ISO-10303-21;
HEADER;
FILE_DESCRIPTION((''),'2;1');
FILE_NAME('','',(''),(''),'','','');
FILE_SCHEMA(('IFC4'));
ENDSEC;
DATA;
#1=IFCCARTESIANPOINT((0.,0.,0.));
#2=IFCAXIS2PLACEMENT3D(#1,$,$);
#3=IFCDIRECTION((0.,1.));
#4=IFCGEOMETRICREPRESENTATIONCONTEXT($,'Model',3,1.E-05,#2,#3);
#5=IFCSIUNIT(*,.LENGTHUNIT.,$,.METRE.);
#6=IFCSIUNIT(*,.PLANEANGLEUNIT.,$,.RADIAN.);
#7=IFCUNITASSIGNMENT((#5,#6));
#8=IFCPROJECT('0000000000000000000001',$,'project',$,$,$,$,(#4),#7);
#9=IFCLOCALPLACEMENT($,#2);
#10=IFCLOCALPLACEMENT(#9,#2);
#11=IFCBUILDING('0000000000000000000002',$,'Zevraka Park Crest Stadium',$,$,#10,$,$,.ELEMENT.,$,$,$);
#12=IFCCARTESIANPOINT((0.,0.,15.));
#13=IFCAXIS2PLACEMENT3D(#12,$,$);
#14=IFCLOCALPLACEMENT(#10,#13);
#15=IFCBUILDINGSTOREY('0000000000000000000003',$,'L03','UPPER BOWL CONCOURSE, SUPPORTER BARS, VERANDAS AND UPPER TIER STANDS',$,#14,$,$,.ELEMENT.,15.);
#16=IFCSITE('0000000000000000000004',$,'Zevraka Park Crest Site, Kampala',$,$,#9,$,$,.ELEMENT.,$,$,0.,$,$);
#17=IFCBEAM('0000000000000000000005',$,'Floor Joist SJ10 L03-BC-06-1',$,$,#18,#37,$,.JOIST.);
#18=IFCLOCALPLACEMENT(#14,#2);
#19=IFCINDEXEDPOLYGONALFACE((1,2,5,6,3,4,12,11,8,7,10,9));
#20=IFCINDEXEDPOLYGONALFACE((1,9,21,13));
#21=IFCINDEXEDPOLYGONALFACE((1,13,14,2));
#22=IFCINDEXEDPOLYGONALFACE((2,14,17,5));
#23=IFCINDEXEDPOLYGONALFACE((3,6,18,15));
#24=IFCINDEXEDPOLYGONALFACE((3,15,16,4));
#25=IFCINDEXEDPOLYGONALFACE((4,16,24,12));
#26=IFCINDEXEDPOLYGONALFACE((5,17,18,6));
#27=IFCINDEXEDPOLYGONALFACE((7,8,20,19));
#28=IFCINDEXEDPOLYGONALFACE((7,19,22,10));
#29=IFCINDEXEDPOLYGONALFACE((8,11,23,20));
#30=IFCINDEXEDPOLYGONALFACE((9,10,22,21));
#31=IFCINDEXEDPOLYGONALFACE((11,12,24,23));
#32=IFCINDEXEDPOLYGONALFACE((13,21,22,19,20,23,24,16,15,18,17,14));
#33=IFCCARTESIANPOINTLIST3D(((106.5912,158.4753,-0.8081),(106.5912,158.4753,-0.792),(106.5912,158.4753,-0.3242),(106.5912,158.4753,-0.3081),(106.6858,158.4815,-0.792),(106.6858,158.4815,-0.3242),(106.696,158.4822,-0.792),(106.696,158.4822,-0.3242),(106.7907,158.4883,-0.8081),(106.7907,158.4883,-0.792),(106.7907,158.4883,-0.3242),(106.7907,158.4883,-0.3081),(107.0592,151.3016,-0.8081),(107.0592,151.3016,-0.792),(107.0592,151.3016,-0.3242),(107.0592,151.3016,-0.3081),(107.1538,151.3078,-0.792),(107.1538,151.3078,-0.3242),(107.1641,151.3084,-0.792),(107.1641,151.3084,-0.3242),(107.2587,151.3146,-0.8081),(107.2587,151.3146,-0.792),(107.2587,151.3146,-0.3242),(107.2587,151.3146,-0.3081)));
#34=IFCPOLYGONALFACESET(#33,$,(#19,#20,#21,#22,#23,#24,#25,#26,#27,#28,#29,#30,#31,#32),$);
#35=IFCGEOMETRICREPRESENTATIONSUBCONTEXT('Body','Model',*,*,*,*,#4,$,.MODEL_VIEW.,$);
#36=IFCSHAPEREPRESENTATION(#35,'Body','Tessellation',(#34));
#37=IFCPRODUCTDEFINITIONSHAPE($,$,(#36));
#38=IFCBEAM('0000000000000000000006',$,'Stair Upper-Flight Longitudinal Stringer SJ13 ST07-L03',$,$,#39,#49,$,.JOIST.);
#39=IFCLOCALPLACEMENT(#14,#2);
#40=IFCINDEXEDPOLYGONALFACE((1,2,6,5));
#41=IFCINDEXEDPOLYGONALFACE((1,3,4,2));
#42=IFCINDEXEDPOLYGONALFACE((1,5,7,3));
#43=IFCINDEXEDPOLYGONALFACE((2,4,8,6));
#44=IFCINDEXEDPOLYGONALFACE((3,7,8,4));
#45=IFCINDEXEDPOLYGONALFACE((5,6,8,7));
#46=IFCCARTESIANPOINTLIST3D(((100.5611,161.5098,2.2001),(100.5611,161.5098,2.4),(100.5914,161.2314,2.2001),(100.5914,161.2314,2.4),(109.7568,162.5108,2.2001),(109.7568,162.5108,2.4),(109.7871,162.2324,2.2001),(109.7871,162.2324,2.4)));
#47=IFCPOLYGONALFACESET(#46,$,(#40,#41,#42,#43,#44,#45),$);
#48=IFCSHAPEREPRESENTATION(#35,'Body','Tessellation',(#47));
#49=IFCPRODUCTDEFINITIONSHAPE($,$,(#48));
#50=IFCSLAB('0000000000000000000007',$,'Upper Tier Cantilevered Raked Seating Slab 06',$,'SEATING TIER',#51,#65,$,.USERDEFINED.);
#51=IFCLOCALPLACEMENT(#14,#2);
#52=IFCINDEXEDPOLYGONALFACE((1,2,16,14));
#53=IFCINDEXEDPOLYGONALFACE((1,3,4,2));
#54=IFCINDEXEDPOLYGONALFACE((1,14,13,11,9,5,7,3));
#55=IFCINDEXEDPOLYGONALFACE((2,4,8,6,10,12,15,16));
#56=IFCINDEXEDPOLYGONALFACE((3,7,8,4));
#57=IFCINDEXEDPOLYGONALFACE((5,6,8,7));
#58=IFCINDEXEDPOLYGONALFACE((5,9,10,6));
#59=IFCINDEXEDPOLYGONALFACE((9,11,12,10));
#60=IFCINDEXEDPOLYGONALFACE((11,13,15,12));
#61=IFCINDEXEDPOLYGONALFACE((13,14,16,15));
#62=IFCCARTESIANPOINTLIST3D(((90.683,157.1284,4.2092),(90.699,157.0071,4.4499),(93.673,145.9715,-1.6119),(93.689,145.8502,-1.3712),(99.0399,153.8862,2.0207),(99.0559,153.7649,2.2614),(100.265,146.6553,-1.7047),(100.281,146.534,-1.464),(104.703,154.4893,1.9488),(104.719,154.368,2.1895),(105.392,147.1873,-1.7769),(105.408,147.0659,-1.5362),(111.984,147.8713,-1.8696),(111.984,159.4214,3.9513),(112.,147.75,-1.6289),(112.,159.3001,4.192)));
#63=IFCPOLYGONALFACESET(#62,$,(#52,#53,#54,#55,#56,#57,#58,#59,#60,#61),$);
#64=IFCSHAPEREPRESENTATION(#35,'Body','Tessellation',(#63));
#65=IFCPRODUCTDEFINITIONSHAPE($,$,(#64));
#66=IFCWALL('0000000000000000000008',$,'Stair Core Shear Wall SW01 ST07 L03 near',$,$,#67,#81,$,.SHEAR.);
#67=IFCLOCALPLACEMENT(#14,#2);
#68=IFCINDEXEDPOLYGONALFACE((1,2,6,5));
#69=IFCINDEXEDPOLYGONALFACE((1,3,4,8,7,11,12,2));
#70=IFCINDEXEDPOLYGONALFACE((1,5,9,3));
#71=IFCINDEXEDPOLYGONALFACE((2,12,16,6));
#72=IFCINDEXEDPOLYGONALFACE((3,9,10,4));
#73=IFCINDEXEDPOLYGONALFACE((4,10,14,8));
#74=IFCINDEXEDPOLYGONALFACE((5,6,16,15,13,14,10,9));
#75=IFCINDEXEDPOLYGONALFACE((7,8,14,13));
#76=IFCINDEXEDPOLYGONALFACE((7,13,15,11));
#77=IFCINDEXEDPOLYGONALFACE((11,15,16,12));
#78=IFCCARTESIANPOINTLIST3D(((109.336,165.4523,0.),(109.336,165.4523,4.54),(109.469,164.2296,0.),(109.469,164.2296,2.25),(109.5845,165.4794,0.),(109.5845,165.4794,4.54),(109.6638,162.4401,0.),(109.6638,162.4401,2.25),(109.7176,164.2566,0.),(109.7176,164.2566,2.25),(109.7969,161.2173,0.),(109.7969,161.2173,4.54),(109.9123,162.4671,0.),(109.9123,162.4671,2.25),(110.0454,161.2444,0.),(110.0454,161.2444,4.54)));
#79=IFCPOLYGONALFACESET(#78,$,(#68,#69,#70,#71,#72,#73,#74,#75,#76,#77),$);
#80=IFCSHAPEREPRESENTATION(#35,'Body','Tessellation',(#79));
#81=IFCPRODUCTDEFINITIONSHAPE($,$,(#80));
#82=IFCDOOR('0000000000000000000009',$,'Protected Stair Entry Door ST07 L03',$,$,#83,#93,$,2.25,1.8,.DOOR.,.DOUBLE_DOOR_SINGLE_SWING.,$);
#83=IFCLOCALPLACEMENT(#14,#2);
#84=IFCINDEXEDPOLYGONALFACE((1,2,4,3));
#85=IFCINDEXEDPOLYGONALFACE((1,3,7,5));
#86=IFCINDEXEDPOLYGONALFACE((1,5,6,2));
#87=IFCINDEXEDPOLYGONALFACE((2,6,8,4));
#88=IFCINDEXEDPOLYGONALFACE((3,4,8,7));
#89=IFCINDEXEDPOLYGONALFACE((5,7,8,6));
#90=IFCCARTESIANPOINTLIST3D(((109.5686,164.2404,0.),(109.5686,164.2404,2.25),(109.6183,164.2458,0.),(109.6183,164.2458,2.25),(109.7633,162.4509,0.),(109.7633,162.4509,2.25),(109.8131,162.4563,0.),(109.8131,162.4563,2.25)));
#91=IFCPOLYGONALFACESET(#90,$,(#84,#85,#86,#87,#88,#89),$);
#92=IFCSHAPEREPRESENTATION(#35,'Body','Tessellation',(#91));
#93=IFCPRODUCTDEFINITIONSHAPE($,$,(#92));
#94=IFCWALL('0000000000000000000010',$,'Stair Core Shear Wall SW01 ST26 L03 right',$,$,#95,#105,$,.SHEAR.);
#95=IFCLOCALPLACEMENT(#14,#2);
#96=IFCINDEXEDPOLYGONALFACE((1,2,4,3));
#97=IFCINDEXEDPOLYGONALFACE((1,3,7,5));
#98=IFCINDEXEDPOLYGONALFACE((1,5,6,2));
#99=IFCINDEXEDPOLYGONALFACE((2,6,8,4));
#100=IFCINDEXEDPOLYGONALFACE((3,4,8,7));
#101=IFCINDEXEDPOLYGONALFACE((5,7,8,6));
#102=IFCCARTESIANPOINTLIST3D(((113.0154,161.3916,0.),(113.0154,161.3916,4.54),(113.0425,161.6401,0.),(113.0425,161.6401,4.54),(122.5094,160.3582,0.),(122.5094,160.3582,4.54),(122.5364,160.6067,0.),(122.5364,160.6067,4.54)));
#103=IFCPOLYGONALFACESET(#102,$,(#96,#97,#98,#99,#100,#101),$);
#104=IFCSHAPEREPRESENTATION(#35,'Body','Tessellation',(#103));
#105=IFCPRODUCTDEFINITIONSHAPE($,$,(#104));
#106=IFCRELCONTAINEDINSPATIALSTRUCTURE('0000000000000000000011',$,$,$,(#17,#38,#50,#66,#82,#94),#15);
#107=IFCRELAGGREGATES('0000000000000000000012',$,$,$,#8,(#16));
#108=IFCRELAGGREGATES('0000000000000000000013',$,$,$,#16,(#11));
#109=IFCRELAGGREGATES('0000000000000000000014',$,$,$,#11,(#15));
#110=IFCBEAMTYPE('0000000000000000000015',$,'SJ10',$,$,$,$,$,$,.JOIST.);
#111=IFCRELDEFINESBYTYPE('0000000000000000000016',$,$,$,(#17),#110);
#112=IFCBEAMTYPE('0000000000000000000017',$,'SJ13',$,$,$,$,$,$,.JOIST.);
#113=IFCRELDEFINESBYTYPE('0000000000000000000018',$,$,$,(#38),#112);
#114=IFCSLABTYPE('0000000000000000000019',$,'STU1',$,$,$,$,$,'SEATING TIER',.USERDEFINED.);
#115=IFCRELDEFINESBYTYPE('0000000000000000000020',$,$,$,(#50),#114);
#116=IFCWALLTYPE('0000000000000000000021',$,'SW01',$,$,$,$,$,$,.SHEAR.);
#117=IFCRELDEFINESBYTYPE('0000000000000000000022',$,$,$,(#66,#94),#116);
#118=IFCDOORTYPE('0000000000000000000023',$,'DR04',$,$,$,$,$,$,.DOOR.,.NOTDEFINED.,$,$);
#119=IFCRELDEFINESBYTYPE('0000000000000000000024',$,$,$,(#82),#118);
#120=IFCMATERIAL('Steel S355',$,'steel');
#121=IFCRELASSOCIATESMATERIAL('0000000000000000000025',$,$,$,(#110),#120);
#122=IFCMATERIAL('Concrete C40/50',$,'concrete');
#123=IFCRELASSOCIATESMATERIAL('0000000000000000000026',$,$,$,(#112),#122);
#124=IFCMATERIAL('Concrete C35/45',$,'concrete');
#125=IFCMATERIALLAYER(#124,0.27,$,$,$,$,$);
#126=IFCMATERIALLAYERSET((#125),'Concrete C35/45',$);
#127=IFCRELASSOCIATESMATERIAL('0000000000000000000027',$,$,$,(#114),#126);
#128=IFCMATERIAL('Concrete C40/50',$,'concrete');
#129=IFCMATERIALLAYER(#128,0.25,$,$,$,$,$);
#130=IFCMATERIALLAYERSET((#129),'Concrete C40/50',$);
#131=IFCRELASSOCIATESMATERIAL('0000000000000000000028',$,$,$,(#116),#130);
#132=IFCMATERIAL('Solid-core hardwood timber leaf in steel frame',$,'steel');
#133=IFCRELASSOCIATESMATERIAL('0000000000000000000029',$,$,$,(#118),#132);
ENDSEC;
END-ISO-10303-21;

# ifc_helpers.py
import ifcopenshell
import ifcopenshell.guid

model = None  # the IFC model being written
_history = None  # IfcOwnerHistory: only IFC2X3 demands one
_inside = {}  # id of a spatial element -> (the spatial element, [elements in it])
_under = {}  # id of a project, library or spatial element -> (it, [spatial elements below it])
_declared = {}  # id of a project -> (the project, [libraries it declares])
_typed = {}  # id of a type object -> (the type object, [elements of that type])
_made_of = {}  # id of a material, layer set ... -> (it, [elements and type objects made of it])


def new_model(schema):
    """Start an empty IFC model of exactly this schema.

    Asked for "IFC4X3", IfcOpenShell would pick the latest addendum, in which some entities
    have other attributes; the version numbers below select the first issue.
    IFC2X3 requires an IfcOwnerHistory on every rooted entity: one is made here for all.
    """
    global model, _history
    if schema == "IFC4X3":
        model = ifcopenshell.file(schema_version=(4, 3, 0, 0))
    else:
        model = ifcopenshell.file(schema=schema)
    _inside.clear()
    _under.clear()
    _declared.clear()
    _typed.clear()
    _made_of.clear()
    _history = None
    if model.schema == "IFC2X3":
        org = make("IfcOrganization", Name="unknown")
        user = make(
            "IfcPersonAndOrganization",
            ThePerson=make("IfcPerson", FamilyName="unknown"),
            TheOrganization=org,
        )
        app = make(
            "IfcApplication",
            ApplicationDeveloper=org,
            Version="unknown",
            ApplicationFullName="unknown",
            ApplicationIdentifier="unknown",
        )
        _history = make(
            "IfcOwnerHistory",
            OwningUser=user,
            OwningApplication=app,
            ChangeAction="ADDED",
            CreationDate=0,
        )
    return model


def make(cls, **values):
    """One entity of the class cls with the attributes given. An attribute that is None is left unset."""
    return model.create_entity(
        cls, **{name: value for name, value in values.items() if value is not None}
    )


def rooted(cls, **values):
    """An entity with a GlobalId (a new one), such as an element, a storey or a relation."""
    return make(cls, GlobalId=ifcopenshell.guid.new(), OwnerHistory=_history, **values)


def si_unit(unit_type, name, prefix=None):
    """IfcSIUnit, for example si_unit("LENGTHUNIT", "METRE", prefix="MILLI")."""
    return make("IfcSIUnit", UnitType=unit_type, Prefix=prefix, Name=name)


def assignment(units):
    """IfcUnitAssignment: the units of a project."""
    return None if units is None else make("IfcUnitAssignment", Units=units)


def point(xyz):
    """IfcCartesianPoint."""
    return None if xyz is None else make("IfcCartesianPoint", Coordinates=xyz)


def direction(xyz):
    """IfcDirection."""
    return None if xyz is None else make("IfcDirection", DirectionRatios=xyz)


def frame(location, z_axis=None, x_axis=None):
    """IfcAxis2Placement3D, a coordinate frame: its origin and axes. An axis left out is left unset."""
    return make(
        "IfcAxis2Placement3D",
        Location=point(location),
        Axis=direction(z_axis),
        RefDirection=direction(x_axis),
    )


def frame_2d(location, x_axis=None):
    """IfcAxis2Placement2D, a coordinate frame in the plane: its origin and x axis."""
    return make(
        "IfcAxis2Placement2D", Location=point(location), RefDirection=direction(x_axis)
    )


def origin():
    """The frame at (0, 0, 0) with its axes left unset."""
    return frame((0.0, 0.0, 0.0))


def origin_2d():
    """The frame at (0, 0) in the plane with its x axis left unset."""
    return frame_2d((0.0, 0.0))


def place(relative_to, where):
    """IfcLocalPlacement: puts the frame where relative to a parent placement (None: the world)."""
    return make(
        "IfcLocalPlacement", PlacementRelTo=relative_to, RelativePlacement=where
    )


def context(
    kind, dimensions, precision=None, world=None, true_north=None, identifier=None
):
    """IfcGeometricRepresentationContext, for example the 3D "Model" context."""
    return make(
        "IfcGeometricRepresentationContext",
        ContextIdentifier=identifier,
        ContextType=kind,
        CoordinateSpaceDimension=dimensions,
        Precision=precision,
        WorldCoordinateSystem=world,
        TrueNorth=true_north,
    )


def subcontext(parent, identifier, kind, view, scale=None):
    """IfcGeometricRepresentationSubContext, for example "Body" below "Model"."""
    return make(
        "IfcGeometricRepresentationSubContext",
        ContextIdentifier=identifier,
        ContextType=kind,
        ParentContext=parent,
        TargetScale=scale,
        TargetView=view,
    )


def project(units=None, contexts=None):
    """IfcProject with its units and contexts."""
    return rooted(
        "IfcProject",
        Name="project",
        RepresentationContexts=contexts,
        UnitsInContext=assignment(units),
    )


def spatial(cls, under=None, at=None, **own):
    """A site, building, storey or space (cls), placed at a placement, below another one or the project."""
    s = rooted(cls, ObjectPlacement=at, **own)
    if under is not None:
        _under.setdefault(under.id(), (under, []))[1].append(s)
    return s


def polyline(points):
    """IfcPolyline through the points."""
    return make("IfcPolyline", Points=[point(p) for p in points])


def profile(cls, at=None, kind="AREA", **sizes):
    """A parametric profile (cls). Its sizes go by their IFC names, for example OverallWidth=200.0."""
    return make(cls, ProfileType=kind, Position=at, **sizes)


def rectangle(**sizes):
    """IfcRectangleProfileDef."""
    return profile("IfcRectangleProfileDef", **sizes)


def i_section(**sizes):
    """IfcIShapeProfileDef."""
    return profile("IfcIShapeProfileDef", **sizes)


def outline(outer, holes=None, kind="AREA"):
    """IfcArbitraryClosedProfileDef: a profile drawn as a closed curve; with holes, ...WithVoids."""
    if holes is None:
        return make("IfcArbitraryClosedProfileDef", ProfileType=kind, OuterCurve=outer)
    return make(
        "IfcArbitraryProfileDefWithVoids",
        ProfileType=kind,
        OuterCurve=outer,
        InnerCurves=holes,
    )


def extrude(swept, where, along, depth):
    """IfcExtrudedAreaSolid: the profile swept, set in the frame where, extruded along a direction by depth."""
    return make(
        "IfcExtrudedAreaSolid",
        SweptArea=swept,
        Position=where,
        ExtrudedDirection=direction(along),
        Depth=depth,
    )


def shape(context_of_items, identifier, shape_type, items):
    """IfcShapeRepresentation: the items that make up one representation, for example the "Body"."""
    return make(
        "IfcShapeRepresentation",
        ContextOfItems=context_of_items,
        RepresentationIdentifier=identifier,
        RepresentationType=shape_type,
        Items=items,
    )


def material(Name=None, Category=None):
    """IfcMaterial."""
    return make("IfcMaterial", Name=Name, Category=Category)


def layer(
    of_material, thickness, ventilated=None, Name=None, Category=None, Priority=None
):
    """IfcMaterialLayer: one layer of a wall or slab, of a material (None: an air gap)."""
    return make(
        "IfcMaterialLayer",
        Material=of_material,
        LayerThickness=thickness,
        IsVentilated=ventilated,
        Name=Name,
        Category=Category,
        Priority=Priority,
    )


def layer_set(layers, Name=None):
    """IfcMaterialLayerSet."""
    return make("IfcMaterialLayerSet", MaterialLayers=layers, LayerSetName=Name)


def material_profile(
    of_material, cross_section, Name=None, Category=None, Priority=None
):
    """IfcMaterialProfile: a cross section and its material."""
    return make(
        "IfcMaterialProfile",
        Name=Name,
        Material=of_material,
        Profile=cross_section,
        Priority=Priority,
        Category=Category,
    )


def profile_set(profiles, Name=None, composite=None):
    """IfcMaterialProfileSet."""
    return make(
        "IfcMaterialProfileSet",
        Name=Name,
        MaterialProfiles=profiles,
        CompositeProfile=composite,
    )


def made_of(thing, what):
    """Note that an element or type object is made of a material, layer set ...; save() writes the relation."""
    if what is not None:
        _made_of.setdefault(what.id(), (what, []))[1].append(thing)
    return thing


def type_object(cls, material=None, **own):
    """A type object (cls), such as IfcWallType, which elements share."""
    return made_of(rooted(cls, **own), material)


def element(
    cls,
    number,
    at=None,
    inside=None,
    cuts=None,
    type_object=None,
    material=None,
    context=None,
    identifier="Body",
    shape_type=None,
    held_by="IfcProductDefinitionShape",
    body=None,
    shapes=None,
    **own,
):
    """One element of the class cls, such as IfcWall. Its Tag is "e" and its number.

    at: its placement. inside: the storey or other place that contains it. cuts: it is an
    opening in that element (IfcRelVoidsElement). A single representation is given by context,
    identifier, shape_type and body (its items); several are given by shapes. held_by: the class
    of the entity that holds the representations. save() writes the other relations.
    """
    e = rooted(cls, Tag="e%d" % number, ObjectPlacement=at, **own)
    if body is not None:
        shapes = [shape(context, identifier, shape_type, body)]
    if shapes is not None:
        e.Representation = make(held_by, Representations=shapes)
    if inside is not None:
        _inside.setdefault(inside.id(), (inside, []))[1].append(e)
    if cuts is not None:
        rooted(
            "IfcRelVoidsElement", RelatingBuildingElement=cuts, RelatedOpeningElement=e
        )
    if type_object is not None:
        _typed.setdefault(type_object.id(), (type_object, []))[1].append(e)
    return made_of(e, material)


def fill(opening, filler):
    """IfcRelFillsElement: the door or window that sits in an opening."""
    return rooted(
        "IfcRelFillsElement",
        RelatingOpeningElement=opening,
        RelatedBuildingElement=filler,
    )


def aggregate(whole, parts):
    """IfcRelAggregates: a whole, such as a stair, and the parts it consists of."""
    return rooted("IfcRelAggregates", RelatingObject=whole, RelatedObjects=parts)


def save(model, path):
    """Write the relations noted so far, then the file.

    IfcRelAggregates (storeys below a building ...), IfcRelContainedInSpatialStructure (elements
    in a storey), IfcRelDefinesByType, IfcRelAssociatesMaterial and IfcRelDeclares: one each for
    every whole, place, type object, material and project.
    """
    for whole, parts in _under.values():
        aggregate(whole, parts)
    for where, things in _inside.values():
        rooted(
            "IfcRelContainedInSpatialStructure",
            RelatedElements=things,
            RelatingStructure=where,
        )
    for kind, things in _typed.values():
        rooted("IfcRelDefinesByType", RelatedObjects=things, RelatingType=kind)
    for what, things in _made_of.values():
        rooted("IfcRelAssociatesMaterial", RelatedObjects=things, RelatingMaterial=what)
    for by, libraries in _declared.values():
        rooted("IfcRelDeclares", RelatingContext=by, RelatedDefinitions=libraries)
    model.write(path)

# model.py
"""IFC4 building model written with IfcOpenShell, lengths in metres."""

from ifc_helpers import new_model, si_unit, direction, frame, frame_2d, origin, origin_2d, place, context, subcontext, project, spatial, polyline, rectangle, i_section, outline, extrude, material, layer, layer_set, material_profile, profile_set, type_object, element, fill, save


model = new_model("IFC4")

# Units and contexts
model_context = context("Model", 3, precision=1e-05, world=origin(), true_north=direction((0.0, 1.0)))
body_context = subcontext(model_context, "Body", "Model", "MODEL_VIEW")
ifc_project = project(units=[si_unit("LENGTHUNIT", "METRE"), si_unit("PLANEANGLEUNIT", "RADIAN")], contexts=[model_context])

# Site, building, storey
site_placement = place(None, origin())
site = spatial("IfcSite", under=ifc_project, at=site_placement, Name="Zevraka Park Crest Site, Kampala", CompositionType="ELEMENT", RefElevation=0.0)
building_placement = place(site_placement, origin())
building = spatial("IfcBuilding", under=site, at=building_placement, Name="Zevraka Park Crest Stadium", CompositionType="ELEMENT")
storey_placement = place(building_placement, frame((0.0, 0.0, 15.0)))
storey = spatial("IfcBuildingStorey", under=building, at=storey_placement, Name="L03", Description="UPPER BOWL CONCOURSE, SUPPORTER BARS, VERANDAS AND UPPER TIER STANDS", CompositionType="ELEMENT", Elevation=15.0)

# Beams
ifc_material_1 = material(Name="Steel S355", Category="steel")
ifc_material_profile_1 = material_profile(ifc_material_1, i_section(OverallWidth=0.2, OverallDepth=0.5, WebThickness=0.0103, FlangeThickness=0.0161, at=origin_2d()), Name="IPE 500")
ifc_profile_set_1 = profile_set([ifc_material_profile_1], Name="Steel S355")
beam_type_1 = type_object("IfcBeamType", Name="SJ10", PredefinedType="JOIST", material=ifc_profile_set_1)
for number, where, z_axis, x_axis, name in (
    (1, (107.1589, 151.3081, -0.5581), (-0.065101, 0.997879, 0.0), (-0.997879, -0.065101, 0.0), "Floor Joist SJ10 L03-BC-06-1"),
):
    element("IfcBeam", number, at=place(storey_placement, frame(where, z_axis=z_axis, x_axis=x_axis)), inside=storey, type_object=beam_type_1, Name=name, PredefinedType="JOIST", context=body_context, shape_type="SweptSolid", body=[
        extrude(i_section(OverallWidth=0.2, OverallDepth=0.5, WebThickness=0.0103, FlangeThickness=0.0161, at=origin_2d()), origin(), (0.0, 0.0, 1.0), 7.189),
    ])
ifc_material_2 = material(Name="Concrete C40/50", Category="concrete")
ifc_material_profile_2 = material_profile(ifc_material_2, rectangle(XDim=0.28, YDim=0.2, at=origin_2d()), Name="RC 200x280")
ifc_profile_set_2 = profile_set([ifc_material_profile_2], Name="Concrete C40/50")
beam_type_2 = type_object("IfcBeamType", Name="SJ13", PredefinedType="JOIST", material=ifc_profile_set_2)
beam_1_placement = place(storey_placement, frame((109.772, 162.3716, 2.3), z_axis=(-0.994128, -0.108212, 0.0), x_axis=(0.108212, -0.994128, 0.0)))
element("IfcBeam", 2, at=beam_1_placement, inside=storey, type_object=beam_type_2, Name="Stair Upper-Flight Longitudinal Stringer SJ13 ST07-L03", PredefinedType="JOIST", context=body_context, shape_type="SweptSolid", body=[
    extrude(rectangle(XDim=0.28, YDim=0.2, at=origin_2d()), origin(), (0.0, 0.0, 1.0), 9.25),
])

# Slab
ifc_material_3 = material(Name="Concrete C35/45", Category="concrete")
ifc_layer_1 = layer(ifc_material_3, 0.27)
ifc_layer_set_1 = layer_set([ifc_layer_1], Name="Concrete C35/45")
slab_type = type_object("IfcSlabType", Name="STU1", ElementType="SEATING TIER", PredefinedType="USERDEFINED", material=ifc_layer_set_1)
slab_placement = place(storey_placement, frame((112.0, 147.75, -1.6289), z_axis=(0.059157, -0.449257, 0.891442), x_axis=(-0.994562, -0.103205, 0.013988)))
element("IfcSlab", 3, at=slab_placement, inside=storey, type_object=slab_type, Name="Upper Tier Cantilevered Raked Seating Slab 06", ObjectType="SEATING TIER", PredefinedType="USERDEFINED", context=body_context, shape_type="SweptSolid", body=[
    extrude(outline(polyline([(0.0, 0.0), (6.6281, 0.0), (6.6118, -8.2265), (12.3074, -8.2093), (11.7831, -0.0001), (18.4111, -0.0003), (20.3148, -12.794), (-1.1106, -12.8862), (0.0, 0.0)])), origin(), (0.0, 0.0, -1.0), 0.27),
])

# Wall, opening, door
ifc_material_4 = material(Name="Concrete C40/50", Category="concrete")
ifc_layer_2 = layer(ifc_material_4, 0.25)
ifc_layer_set_2 = layer_set([ifc_layer_2], Name="Concrete C40/50")
wall_type = type_object("IfcWallType", Name="SW01", PredefinedType="SHEAR", material=ifc_layer_set_2)
wall_1_placement = place(storey_placement, frame((109.9211, 161.231, 0.0), z_axis=(0.0, 0.0, 1.0), x_axis=(-0.108198, 0.994129, 0.0)))
wall_1 = element("IfcWall", 4, at=wall_1_placement, inside=storey, type_object=wall_type, Name="Stair Core Shear Wall SW01 ST07 L03 near", PredefinedType="SHEAR", context=body_context, shape_type="SweptSolid", body=[
    extrude(rectangle(XDim=4.26, YDim=0.25, at=frame_2d((2.1299, 0.0))), origin(), (0.0, 0.0, 1.0), 4.54),
])
opening_placement = place(wall_1_placement, frame((1.23, 0.0, 0.0)))
opening = element("IfcOpeningElement", 5, at=opening_placement, cuts=wall_1, PredefinedType="OPENING", context=body_context, shape_type="SweptSolid", body=[
    extrude(rectangle(XDim=1.8, YDim=2.25, at=frame_2d((0.8999, 1.125))), frame((0.0, 0.135, 0.0), z_axis=(0.0, -1.0, 0.0), x_axis=(1.0, 0.0, 0.0)), (0.0, 0.0, 1.0), 0.27),
])
ifc_material_5 = material(Name="Solid-core hardwood timber leaf in steel frame", Category="steel")
door_type = type_object("IfcDoorType", Name="DR04", OperationType="NOTDEFINED", PredefinedType="DOOR", material=ifc_material_5)
door_placement = place(opening_placement, origin())
door = element("IfcDoor", 6, at=door_placement, inside=storey, type_object=door_type, Name="Protected Stair Entry Door ST07 L03", OperationType="DOUBLE_DOOR_SINGLE_SWING", OverallHeight=2.25, OverallWidth=1.8, PredefinedType="DOOR", context=body_context, shape_type="SweptSolid", body=[
    extrude(rectangle(XDim=1.8, YDim=2.25, at=frame_2d((0.8999, 1.125))), frame((0.0, 0.0249, 0.0), z_axis=(0.0, -1.0, 0.0), x_axis=(1.0, 0.0, 0.0)), (0.0, 0.0, 1.0), 0.05),
])
fill(opening, door)

# Wall
wall_2_placement = place(storey_placement, frame((113.0291, 161.5159, 0.0), z_axis=(0.0, 0.0, 1.0), x_axis=(0.994128, -0.108215, 0.0)))
element("IfcWall", 7, at=wall_2_placement, inside=storey, type_object=wall_type, Name="Stair Core Shear Wall SW01 ST26 L03 right", PredefinedType="SHEAR", context=body_context, shape_type="SweptSolid", body=[
    extrude(rectangle(XDim=9.55, YDim=0.25, at=frame_2d((4.7749, 0.0))), origin(), (0.0, 0.0, 1.0), 4.54),
])

save(model, "model.ifc")
